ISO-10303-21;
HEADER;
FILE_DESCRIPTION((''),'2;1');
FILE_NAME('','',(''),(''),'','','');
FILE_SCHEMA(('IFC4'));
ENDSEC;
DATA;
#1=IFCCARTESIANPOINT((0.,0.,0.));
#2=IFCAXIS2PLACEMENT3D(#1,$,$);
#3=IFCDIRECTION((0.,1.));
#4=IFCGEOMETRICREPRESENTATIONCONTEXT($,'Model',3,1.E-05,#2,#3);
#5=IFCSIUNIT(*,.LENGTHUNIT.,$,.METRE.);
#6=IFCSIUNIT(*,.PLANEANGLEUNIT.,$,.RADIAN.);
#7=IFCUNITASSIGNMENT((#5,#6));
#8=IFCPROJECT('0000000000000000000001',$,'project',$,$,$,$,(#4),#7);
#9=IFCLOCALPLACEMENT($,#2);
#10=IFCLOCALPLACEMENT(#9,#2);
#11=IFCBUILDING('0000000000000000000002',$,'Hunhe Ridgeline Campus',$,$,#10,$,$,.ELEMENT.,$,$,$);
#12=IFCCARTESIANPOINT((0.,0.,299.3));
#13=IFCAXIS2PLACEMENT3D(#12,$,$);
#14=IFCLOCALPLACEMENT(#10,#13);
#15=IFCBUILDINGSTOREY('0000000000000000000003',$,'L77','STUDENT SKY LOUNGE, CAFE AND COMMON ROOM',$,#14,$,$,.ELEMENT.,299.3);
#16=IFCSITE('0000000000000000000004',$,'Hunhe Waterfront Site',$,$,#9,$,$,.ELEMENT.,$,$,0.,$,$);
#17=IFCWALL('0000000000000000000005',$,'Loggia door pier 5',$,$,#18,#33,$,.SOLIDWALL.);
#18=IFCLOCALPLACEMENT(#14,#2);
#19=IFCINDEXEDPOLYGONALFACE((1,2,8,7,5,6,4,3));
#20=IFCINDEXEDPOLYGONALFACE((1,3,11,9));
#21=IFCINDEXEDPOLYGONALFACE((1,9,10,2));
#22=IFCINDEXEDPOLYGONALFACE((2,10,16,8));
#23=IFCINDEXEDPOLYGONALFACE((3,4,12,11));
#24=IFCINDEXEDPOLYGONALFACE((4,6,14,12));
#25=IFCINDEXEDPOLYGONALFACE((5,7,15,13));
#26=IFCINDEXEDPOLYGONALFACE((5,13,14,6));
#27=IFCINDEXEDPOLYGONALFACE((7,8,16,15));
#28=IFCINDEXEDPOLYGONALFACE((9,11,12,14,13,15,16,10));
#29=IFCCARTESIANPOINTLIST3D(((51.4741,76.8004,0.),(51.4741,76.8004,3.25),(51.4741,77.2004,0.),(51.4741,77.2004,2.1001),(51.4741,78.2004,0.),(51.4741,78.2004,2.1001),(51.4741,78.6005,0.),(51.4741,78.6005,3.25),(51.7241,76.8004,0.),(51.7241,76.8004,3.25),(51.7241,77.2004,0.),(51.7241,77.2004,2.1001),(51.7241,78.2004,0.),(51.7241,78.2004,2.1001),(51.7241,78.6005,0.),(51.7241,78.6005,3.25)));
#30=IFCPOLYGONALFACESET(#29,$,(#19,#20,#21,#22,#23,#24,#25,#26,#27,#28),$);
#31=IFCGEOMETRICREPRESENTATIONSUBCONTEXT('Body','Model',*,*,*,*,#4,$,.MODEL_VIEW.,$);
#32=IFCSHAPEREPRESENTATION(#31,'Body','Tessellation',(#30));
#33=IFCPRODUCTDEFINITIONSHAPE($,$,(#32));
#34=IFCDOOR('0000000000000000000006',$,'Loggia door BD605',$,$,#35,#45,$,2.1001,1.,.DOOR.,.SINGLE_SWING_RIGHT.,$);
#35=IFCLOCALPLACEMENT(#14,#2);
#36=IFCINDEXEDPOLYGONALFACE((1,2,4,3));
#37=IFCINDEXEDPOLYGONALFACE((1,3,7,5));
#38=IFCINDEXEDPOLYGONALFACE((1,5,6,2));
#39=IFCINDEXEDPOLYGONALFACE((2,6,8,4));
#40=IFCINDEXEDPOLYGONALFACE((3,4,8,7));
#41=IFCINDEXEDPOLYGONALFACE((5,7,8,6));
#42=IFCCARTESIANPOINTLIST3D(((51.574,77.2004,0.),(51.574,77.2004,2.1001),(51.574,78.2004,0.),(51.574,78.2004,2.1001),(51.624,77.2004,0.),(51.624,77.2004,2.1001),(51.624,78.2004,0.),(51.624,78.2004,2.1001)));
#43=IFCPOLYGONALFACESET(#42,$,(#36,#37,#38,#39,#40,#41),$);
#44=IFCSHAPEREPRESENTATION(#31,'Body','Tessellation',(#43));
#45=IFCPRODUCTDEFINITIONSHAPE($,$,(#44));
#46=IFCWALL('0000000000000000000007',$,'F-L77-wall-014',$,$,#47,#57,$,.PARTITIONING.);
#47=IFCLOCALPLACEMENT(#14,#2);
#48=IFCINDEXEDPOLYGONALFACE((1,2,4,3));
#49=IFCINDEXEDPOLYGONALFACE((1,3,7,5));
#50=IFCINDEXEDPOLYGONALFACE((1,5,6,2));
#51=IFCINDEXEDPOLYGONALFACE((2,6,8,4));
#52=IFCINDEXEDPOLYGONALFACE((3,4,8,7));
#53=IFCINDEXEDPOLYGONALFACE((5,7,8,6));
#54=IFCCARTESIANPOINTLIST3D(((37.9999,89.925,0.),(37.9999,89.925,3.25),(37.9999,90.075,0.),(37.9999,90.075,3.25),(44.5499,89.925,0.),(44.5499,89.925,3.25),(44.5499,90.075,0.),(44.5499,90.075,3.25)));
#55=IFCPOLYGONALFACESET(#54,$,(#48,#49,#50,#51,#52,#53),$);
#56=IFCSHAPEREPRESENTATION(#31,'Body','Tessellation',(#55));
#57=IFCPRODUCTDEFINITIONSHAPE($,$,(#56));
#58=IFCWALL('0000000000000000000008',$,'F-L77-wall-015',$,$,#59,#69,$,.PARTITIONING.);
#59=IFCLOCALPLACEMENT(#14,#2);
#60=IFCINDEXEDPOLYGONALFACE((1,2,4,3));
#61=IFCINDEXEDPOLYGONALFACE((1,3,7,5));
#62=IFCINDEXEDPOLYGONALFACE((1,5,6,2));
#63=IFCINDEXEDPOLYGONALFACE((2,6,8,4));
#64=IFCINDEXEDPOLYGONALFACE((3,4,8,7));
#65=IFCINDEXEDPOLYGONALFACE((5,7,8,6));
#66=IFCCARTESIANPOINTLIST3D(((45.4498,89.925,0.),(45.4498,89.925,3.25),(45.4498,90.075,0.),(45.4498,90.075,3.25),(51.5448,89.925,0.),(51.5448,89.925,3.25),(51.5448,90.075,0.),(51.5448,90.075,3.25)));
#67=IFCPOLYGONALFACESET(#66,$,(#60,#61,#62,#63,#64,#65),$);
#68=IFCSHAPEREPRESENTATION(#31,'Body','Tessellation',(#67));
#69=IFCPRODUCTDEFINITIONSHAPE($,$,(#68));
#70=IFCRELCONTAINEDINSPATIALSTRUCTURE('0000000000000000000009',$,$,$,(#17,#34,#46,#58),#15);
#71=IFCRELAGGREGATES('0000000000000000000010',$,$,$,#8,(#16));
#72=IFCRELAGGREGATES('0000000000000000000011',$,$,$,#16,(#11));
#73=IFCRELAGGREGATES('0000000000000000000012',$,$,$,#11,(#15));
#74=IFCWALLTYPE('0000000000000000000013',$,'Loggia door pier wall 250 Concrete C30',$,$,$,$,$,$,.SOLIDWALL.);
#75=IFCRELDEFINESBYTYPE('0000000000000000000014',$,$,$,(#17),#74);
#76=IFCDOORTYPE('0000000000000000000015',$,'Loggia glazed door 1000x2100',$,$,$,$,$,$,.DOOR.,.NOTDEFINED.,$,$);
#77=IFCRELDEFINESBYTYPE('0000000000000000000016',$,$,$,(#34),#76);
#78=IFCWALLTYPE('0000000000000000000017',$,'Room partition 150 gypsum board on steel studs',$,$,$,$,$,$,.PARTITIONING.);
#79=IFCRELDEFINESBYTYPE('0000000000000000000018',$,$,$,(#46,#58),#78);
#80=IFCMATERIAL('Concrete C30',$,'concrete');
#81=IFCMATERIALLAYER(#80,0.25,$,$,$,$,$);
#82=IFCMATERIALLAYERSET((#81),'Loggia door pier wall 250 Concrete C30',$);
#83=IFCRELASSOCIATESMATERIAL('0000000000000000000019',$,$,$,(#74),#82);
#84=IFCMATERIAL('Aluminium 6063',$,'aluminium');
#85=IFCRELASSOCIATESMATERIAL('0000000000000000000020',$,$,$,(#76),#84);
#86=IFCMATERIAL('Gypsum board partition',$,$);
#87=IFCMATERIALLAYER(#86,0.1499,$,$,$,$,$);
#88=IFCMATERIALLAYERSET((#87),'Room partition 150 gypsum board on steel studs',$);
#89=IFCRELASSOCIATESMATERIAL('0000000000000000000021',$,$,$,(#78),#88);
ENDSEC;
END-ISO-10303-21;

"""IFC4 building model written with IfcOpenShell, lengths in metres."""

from ifc_helpers import new_model, si_unit, direction, frame, frame_2d, origin, place, context, subcontext, project, spatial, rectangle, extrude, material, layer, layer_set, type_object, element, fill, save


model = new_model("IFC4")

# Units and contexts
model_context = context("Model", 3, precision=1e-05, world=origin(), true_north=direction((0.0, 1.0)))
body_context = subcontext(model_context, "Body", "Model", "MODEL_VIEW")
ifc_project = project(units=[si_unit("LENGTHUNIT", "METRE"), si_unit("PLANEANGLEUNIT", "RADIAN")], contexts=[model_context])

# Site, building, storey
site_placement = place(None, origin())
site = spatial("IfcSite", under=ifc_project, at=site_placement, Name="Hunhe Waterfront Site", CompositionType="ELEMENT", RefElevation=0.0)
building_placement = place(site_placement, origin())
building = spatial("IfcBuilding", under=site, at=building_placement, Name="Hunhe Ridgeline Campus", CompositionType="ELEMENT")
storey_placement = place(building_placement, frame((0.0, 0.0, 299.3)))
storey = spatial("IfcBuildingStorey", under=building, at=storey_placement, Name="L77", Description="STUDENT SKY LOUNGE, CAFE AND COMMON ROOM", CompositionType="ELEMENT", Elevation=299.3)

# Shared definitions
ifc_material_1 = material(Name="Aluminium 6063", Category="aluminium")

# Wall, opening, door
ifc_material_2 = material(Name="Concrete C30", Category="concrete")
ifc_layer_1 = layer(ifc_material_2, 0.25)
ifc_layer_set_1 = layer_set([ifc_layer_1], Name="Loggia door pier wall 250 Concrete C30")
wall_type_1 = type_object("IfcWallType", Name="Loggia door pier wall 250 Concrete C30", PredefinedType="SOLIDWALL", material=ifc_layer_set_1)
wall_1_placement = place(storey_placement, frame((51.5991, 76.8005, 0.0), z_axis=(0.0, 0.0, 1.0), x_axis=(0.0, 1.0, 0.0)))
wall_1 = element("IfcWall", 1, at=wall_1_placement, inside=storey, type_object=wall_type_1, Name="Loggia door pier 5", PredefinedType="SOLIDWALL", context=body_context, shape_type="SweptSolid", body=[
    extrude(rectangle(XDim=1.8, YDim=0.25, at=frame_2d((0.8999, 0.0))), origin(), (0.0, 0.0, 1.0), 3.25),
])
opening_placement = place(wall_1_placement, frame((0.3999, 0.0, 0.0)))
opening = element("IfcOpeningElement", 2, at=opening_placement, cuts=wall_1, PredefinedType="OPENING", context=body_context, shape_type="SweptSolid", body=[
    extrude(rectangle(XDim=1.0, YDim=2.1001, at=frame_2d((0.5, 1.05))), frame((0.0, 0.125, 0.0), z_axis=(0.0, -1.0, 0.0), x_axis=(1.0, 0.0, 0.0)), (0.0, 0.0, 1.0), 0.25),
])
door_type = type_object("IfcDoorType", Name="Loggia glazed door 1000x2100", OperationType="NOTDEFINED", PredefinedType="DOOR", material=ifc_material_1)
door_placement = place(opening_placement, frame((1.0, 0.0, 0.0), z_axis=(0.0, 0.0, 1.0), x_axis=(-1.0, 0.0, 0.0)))
door = element("IfcDoor", 3, at=door_placement, inside=storey, type_object=door_type, Name="Loggia door BD605", OperationType="SINGLE_SWING_RIGHT", OverallHeight=2.1001, OverallWidth=1.0, PredefinedType="DOOR", context=body_context, shape_type="SweptSolid", body=[
    extrude(rectangle(XDim=1.0, YDim=2.1001, at=frame_2d((0.5, 1.05))), frame((0.0, 0.0249, 0.0), z_axis=(0.0, -1.0, 0.0), x_axis=(1.0, 0.0, 0.0)), (0.0, 0.0, 1.0), 0.05),
])
fill(opening, door)

# Walls
ifc_material_3 = material(Name="Gypsum board partition")
ifc_layer_2 = layer(ifc_material_3, 0.1499)
ifc_layer_set_2 = layer_set([ifc_layer_2], Name="Room partition 150 gypsum board on steel studs")
wall_type_2 = type_object("IfcWallType", Name="Room partition 150 gypsum board on steel studs", PredefinedType="PARTITIONING", material=ifc_layer_set_2)
wall_2_placement = place(storey_placement, frame((38.0, 90.0, 0.0), z_axis=(0.0, 0.0, 1.0), x_axis=(1.0, 0.0, 0.0)))
element("IfcWall", 4, at=wall_2_placement, inside=storey, type_object=wall_type_2, Name="F-L77-wall-014", PredefinedType="PARTITIONING", context=body_context, shape_type="SweptSolid", body=[
    extrude(rectangle(XDim=6.55, YDim=0.1499, at=frame_2d((3.2749, 0.0))), origin(), (0.0, 0.0, 1.0), 3.25),
])
wall_3_placement = place(storey_placement, frame((45.45, 90.0, 0.0), z_axis=(0.0, 0.0, 1.0), x_axis=(1.0, 0.0, 0.0)))
element("IfcWall", 5, at=wall_3_placement, inside=storey, type_object=wall_type_2, Name="F-L77-wall-015", PredefinedType="PARTITIONING", context=body_context, shape_type="SweptSolid", body=[
    extrude(rectangle(XDim=6.095, YDim=0.1499, at=frame_2d((3.0474, 0.0))), origin(), (0.0, 0.0, 1.0), 3.25),
])

save(model, "model.ifc")
